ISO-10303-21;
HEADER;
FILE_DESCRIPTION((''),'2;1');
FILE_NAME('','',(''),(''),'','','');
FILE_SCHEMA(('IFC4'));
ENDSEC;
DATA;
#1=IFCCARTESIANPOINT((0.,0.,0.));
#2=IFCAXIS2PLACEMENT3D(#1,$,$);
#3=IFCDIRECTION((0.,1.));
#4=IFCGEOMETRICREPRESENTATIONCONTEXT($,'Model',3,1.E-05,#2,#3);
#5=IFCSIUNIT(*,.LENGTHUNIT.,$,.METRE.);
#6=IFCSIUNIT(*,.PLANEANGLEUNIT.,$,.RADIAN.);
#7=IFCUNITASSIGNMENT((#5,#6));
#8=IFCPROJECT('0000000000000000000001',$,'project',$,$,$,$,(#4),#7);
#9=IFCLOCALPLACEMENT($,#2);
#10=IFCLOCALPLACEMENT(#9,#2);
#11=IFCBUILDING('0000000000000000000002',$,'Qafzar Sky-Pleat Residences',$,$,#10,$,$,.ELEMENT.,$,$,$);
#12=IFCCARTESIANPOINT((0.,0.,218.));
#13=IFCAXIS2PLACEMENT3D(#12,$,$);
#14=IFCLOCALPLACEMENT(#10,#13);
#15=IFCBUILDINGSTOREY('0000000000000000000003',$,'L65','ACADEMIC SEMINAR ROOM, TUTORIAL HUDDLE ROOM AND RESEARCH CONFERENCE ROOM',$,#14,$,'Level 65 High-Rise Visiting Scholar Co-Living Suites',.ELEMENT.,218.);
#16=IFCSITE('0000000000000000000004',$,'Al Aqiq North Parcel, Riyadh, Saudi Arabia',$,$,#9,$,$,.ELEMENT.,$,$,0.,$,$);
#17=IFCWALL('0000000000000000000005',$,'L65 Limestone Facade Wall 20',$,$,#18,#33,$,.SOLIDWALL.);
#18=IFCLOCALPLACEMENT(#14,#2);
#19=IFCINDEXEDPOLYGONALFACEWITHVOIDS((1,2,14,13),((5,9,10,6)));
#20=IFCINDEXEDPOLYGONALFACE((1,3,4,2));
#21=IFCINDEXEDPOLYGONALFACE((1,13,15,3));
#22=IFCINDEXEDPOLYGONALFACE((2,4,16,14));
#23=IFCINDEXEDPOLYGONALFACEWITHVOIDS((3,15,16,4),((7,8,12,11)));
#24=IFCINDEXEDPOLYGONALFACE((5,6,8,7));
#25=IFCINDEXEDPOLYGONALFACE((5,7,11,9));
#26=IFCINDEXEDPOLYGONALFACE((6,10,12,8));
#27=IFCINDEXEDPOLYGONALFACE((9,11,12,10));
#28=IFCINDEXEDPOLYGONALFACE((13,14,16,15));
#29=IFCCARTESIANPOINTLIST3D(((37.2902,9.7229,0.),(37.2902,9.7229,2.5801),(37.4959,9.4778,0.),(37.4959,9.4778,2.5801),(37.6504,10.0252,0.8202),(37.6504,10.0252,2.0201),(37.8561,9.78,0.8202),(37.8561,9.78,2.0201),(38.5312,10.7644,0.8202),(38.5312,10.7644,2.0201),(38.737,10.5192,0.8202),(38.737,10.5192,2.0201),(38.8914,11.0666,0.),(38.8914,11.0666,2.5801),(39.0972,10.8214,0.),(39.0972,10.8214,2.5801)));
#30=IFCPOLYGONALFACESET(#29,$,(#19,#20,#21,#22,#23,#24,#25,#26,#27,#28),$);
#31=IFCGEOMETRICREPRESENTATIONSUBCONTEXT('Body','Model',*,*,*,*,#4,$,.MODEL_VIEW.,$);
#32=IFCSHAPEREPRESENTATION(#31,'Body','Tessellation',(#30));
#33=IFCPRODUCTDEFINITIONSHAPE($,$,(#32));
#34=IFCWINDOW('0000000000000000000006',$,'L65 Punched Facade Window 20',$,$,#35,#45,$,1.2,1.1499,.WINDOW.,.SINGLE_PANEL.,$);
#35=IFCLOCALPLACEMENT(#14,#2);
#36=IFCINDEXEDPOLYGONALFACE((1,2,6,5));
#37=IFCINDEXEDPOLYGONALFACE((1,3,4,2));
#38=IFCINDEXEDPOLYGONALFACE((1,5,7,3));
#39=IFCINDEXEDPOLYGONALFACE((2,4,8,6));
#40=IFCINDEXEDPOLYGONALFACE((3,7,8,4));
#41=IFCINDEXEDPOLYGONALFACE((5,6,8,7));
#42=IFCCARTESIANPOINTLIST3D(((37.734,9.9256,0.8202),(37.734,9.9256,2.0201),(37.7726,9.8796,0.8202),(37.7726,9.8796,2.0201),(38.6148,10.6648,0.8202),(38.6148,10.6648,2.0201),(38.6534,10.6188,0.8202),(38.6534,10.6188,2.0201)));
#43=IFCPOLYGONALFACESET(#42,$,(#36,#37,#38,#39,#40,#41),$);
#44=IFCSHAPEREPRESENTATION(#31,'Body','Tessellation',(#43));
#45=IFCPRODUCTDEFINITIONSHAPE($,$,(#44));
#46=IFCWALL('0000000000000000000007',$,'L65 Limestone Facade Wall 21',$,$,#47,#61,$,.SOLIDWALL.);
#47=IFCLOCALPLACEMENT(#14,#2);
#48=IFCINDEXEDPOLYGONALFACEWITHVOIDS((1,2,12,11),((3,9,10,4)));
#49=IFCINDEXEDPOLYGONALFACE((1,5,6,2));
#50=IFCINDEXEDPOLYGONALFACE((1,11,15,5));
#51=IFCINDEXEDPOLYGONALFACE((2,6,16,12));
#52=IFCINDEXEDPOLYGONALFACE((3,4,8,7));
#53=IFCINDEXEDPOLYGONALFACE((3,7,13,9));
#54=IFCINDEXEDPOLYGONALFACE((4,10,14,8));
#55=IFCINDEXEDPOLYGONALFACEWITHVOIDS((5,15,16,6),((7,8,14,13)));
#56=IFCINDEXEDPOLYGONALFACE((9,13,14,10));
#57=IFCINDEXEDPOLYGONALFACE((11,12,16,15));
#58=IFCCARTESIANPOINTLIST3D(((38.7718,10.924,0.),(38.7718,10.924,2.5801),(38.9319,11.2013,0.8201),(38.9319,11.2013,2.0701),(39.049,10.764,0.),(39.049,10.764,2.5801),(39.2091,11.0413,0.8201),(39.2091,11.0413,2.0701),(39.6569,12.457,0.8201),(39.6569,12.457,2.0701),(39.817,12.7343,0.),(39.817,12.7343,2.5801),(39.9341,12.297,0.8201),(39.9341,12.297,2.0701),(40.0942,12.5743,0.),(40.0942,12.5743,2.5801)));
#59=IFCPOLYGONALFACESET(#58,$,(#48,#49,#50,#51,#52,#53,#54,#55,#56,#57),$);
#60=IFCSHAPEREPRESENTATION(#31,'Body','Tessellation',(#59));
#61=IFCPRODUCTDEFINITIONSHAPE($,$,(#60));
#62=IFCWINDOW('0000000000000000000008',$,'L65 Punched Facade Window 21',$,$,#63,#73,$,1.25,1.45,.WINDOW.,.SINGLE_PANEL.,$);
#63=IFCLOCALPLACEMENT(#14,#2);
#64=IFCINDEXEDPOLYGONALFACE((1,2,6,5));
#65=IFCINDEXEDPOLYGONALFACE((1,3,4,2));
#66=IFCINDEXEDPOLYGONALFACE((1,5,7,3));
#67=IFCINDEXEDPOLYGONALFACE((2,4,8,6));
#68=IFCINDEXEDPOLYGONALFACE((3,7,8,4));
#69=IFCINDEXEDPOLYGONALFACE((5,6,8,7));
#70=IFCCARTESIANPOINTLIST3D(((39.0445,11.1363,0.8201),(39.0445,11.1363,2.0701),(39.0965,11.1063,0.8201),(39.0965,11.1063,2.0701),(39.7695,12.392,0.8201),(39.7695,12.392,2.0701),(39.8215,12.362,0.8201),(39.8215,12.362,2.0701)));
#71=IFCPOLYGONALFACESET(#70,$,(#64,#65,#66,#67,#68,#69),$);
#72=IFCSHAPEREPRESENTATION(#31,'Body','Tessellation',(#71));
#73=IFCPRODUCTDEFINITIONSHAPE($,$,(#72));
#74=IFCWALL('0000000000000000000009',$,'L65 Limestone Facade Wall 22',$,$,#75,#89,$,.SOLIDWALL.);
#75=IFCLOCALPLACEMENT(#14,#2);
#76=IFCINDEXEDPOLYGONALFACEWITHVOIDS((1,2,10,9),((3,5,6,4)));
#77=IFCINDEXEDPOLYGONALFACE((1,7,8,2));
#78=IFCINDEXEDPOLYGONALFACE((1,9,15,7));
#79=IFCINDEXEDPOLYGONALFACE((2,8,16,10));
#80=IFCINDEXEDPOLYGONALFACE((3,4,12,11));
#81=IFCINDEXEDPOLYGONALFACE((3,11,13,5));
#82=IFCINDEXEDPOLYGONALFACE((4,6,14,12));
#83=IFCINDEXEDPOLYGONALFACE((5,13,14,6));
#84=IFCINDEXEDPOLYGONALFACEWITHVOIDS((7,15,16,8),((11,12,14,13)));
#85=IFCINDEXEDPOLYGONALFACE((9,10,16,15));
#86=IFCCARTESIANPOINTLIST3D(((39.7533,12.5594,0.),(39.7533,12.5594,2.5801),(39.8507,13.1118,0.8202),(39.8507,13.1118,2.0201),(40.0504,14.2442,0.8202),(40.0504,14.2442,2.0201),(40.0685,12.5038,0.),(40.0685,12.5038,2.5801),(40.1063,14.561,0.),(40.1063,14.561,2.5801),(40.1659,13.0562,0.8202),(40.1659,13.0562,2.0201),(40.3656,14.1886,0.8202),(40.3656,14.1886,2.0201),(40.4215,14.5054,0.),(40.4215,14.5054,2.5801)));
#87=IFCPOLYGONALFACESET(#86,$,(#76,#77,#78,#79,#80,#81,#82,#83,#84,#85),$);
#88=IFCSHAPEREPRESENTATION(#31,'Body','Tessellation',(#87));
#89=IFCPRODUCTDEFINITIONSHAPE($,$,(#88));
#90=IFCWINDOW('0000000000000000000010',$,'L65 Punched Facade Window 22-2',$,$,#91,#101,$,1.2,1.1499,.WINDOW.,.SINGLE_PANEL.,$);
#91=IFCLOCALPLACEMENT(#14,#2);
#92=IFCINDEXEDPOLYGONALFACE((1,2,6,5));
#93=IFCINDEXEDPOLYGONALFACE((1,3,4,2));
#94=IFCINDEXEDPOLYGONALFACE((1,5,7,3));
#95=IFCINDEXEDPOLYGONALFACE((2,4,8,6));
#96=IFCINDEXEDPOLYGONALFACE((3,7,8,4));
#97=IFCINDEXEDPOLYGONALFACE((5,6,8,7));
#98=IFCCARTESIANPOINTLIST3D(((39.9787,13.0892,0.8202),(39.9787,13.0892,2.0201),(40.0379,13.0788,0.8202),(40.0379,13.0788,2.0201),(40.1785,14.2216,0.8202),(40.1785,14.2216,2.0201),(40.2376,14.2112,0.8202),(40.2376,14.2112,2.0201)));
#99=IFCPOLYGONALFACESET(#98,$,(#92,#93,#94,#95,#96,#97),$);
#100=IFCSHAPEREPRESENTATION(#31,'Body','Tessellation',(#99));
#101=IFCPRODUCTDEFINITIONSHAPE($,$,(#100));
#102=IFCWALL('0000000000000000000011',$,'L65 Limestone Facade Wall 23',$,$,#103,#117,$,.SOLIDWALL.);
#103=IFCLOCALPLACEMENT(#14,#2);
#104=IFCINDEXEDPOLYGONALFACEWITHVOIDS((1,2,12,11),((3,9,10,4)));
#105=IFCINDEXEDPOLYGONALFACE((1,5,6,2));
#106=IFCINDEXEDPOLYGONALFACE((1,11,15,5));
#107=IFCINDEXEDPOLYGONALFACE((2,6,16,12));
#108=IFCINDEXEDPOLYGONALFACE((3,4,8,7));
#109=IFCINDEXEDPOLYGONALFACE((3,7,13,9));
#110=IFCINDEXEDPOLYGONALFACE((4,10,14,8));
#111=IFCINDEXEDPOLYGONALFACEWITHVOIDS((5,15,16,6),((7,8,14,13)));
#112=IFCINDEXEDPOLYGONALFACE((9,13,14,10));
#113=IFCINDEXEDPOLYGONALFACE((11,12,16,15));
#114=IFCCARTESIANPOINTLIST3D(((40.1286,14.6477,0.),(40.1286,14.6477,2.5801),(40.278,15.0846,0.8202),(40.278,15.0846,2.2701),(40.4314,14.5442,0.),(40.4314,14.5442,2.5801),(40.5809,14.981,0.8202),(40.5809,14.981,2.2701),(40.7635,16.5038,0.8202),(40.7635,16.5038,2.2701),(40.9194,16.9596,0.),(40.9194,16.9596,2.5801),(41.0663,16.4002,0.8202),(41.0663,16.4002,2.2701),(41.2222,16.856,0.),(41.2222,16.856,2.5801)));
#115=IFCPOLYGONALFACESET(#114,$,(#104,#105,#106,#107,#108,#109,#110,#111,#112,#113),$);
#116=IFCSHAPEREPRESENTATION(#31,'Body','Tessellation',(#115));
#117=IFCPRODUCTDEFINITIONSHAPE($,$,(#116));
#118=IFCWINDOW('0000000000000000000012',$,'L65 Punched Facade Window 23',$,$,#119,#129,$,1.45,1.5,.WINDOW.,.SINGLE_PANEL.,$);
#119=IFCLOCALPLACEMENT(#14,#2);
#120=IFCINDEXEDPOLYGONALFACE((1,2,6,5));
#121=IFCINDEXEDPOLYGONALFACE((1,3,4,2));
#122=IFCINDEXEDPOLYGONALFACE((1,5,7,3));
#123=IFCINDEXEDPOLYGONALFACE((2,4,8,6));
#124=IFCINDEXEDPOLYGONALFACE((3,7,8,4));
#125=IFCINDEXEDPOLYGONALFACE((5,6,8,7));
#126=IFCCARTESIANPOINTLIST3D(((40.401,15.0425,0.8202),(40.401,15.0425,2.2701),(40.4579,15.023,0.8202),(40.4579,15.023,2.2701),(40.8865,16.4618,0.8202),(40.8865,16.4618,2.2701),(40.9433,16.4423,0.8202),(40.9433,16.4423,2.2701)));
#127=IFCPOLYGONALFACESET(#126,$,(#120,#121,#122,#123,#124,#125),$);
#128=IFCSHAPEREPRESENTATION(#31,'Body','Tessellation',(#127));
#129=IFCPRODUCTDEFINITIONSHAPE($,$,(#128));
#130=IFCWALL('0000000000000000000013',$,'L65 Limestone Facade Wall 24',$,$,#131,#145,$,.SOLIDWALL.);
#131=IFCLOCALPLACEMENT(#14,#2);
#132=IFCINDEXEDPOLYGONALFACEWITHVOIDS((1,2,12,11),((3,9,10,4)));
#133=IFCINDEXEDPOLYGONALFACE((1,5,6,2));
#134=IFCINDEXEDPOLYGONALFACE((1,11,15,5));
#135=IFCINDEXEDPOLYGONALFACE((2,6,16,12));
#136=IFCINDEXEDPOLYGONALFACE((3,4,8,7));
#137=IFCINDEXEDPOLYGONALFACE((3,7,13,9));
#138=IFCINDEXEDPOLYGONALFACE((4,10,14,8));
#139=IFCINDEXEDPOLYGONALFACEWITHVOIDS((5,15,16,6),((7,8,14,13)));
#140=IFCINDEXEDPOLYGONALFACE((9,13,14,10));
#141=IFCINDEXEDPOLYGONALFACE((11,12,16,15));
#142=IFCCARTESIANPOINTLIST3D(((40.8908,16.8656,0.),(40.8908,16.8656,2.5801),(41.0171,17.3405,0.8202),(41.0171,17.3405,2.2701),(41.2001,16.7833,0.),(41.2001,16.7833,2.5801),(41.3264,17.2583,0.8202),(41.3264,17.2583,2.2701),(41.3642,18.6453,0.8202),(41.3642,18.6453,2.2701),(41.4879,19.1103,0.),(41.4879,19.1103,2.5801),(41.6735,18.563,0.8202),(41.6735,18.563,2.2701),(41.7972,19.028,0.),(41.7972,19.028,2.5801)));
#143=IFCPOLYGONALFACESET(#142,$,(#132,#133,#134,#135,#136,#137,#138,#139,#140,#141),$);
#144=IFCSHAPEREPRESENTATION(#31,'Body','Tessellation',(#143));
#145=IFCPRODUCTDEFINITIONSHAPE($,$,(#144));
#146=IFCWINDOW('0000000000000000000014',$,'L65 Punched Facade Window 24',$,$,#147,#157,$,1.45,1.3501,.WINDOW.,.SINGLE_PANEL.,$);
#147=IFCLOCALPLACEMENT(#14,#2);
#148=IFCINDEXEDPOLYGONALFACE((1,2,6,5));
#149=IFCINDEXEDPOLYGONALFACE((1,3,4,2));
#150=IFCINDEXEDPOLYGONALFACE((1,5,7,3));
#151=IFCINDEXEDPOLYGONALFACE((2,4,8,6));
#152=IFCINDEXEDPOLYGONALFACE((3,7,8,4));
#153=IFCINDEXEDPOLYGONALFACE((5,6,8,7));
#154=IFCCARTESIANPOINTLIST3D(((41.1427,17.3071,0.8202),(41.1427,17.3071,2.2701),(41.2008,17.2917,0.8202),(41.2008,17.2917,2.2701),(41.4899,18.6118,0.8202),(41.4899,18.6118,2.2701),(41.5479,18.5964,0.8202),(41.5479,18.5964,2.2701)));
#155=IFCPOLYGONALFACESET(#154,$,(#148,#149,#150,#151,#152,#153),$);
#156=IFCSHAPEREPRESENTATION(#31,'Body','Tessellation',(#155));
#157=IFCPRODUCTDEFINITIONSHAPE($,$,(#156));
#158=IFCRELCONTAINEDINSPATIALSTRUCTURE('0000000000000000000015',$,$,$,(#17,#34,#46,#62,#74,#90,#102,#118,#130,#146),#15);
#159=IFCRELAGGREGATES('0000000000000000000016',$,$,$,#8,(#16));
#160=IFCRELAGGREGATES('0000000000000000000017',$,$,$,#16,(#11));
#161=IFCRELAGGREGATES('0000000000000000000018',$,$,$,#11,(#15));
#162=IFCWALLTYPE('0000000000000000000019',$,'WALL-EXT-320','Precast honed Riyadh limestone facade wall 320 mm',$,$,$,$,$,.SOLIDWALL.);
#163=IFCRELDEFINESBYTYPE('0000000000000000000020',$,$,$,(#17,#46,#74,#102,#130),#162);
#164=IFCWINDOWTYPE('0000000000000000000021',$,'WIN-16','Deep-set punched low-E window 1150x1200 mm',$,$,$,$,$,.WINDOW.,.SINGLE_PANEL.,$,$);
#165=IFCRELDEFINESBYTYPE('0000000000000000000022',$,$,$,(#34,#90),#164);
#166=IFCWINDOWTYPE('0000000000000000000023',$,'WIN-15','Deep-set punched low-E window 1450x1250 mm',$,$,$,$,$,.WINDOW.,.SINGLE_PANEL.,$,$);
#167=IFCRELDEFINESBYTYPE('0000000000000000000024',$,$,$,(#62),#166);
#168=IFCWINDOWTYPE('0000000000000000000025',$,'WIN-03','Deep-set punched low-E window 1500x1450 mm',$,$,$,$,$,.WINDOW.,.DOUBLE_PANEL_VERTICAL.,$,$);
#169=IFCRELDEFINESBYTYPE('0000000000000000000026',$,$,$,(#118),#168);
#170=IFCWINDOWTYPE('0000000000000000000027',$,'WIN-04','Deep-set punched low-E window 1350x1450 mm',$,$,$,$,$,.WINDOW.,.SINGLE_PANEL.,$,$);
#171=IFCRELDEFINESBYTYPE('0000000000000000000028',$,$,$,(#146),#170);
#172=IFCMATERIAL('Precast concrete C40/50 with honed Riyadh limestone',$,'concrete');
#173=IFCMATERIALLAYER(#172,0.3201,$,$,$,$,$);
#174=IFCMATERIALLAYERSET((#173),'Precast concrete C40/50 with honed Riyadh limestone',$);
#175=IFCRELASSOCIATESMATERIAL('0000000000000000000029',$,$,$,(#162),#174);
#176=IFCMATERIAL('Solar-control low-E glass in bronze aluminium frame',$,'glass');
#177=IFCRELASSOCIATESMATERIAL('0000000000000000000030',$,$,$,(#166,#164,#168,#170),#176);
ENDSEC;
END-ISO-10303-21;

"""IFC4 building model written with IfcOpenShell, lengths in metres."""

from ifc_helpers import new_model, si_unit, direction, frame, frame_2d, origin, place, context, subcontext, project, spatial, rectangle, extrude, source, transform, mapped, material, layer, layer_set, type_object, element, fill, save


model = new_model("IFC4")

# Units and contexts
model_context = context("Model", 3, precision=1e-05, world=origin(), true_north=direction((0.0, 1.0)))
body_context = subcontext(model_context, "Body", "Model", "MODEL_VIEW")
ifc_project = project(units=[si_unit("LENGTHUNIT", "METRE"), si_unit("PLANEANGLEUNIT", "RADIAN")], contexts=[model_context])

# Site, building, storey
site_placement = place(None, origin())
site = spatial("IfcSite", under=ifc_project, at=site_placement, Name="Al Aqiq North Parcel, Riyadh, Saudi Arabia", CompositionType="ELEMENT", RefElevation=0.0)
building_placement = place(site_placement, origin())
building = spatial("IfcBuilding", under=site, at=building_placement, Name="Qafzar Sky-Pleat Residences", CompositionType="ELEMENT")
storey_placement = place(building_placement, frame((0.0, 0.0, 218.0)))
storey = spatial("IfcBuildingStorey", under=building, at=storey_placement, Name="L65", Description="ACADEMIC SEMINAR ROOM, TUTORIAL HUDDLE ROOM AND RESEARCH CONFERENCE ROOM", LongName="Level 65 High-Rise Visiting Scholar Co-Living Suites", CompositionType="ELEMENT", Elevation=218.0)

# Walls, openings, windows
ifc_material_1 = material(Name="Precast concrete C40/50 with honed Riyadh limestone", Category="concrete")
ifc_layer_1 = layer(ifc_material_1, 0.3201)
ifc_layer_set_1 = layer_set([ifc_layer_1], Name="Precast concrete C40/50 with honed Riyadh limestone")
wall_type_1 = type_object("IfcWallType", Name="WALL-EXT-320", Description="Precast honed Riyadh limestone facade wall 320 mm", PredefinedType="SOLIDWALL", material=ifc_layer_set_1)
ifc_material_2 = material(Name="Solar-control low-E glass in bronze aluminium frame", Category="glass")
window_type_1 = type_object("IfcWindowType", Name="WIN-15", Description="Deep-set punched low-E window 1450x1250 mm", PartitioningType="SINGLE_PANEL", PredefinedType="WINDOW", material=ifc_material_2)
shared_shape_1 = source(origin(), body_context, "Body", "SweptSolid", [
    extrude(rectangle(XDim=1.45, YDim=1.25, at=frame_2d((0.7251, 0.625))), frame((0.0, 0.03, 0.0), z_axis=(0.0, -1.0, 0.0), x_axis=(1.0, 0.0, 0.0)), (0.0, 0.0, 1.0), 0.0601),
])
wall_1_placement = place(storey_placement, frame((37.3931, 9.6003, 0.0), z_axis=(0.0, 0.0, 1.0), x_axis=(0.766025, 0.642811, 0.0)))
wall_1 = element("IfcWall", 1, at=wall_1_placement, inside=storey, type_object=wall_type_1, Name="L65 Limestone Facade Wall 20", PredefinedType="SOLIDWALL", context=body_context, shape_type="SweptSolid", body=[
    extrude(rectangle(XDim=2.0903, YDim=0.3201, at=frame_2d((1.0452, 0.0))), origin(), (0.0, 0.0, 1.0), 2.5801),
])
opening_1_placement = place(wall_1_placement, frame((0.4702, 0.0, 0.8201)))
opening_1 = element("IfcOpeningElement", 2, at=opening_1_placement, cuts=wall_1, PredefinedType="OPENING", context=body_context, shape_type="SweptSolid", body=[
    extrude(rectangle(XDim=1.1499, YDim=1.2, at=frame_2d((0.575, 0.6001))), frame((0.0, 0.1699, 0.0), z_axis=(0.0, -1.0, 0.0), x_axis=(1.0, 0.0, 0.0)), (0.0, 0.0, 1.0), 0.3401),
])
window_type_2 = type_object("IfcWindowType", Name="WIN-16", Description="Deep-set punched low-E window 1150x1200 mm", PartitioningType="SINGLE_PANEL", PredefinedType="WINDOW", material=ifc_material_2)
shared_shape_2 = source(origin(), body_context, "Body", "SweptSolid", [
    extrude(rectangle(XDim=1.1499, YDim=1.2, at=frame_2d((0.575, 0.6001))), frame((0.0, 0.03, 0.0), z_axis=(0.0, -1.0, 0.0), x_axis=(1.0, 0.0, 0.0)), (0.0, 0.0, 1.0), 0.0601),
])
window_1_placement = place(opening_1_placement, origin())
window_1 = element("IfcWindow", 3, at=window_1_placement, inside=storey, type_object=window_type_2, Name="L65 Punched Facade Window 20", OverallHeight=1.2, OverallWidth=1.1499, PartitioningType="SINGLE_PANEL", PredefinedType="WINDOW", context=body_context, shape_type="MappedRepresentation", body=[
    mapped(shared_shape_2, transform((0.0, 0.0, 0.0), x_axis=(1.0, 0.0, 0.0), y_axis=(0.0, 1.0, 0.0), z_axis=(0.0, 0.0, 1.0), scale=1.0)),
])
fill(opening_1, window_1)
wall_2_placement = place(storey_placement, frame((38.9104, 10.844, 0.0), z_axis=(0.0, 0.0, 1.0), x_axis=(0.499995, 0.866028, 0.0)))
wall_2 = element("IfcWall", 4, at=wall_2_placement, inside=storey, type_object=wall_type_1, Name="L65 Limestone Facade Wall 21", PredefinedType="SOLIDWALL", context=body_context, shape_type="SweptSolid", body=[
    extrude(rectangle(XDim=2.0903, YDim=0.3201, at=frame_2d((1.0452, 0.0))), origin(), (0.0, 0.0, 1.0), 2.5801),
])
opening_2_placement = place(wall_2_placement, frame((0.3201, 0.0, 0.8201)))
opening_2 = element("IfcOpeningElement", 5, at=opening_2_placement, cuts=wall_2, PredefinedType="OPENING", context=body_context, shape_type="SweptSolid", body=[
    extrude(rectangle(XDim=1.45, YDim=1.25, at=frame_2d((0.7251, 0.625))), frame((0.0, 0.1699, 0.0), z_axis=(0.0, -1.0, 0.0), x_axis=(1.0, 0.0, 0.0)), (0.0, 0.0, 1.0), 0.3401),
])
window_2_placement = place(opening_2_placement, origin())
window_2 = element("IfcWindow", 6, at=window_2_placement, inside=storey, type_object=window_type_1, Name="L65 Punched Facade Window 21", OverallHeight=1.25, OverallWidth=1.45, PartitioningType="SINGLE_PANEL", PredefinedType="WINDOW", context=body_context, shape_type="MappedRepresentation", body=[
    mapped(shared_shape_1, transform((0.0, 0.0, 0.0), x_axis=(1.0, 0.0, 0.0), y_axis=(0.0, 1.0, 0.0), z_axis=(0.0, 0.0, 1.0), scale=1.0)),
])
fill(opening_2, window_2)
wall_3_placement = place(storey_placement, frame((39.9109, 12.5317, 0.0), z_axis=(0.0, 0.0, 1.0), x_axis=(0.173703, 0.984798, 0.0)))
wall_3 = element("IfcWall", 7, at=wall_3_placement, inside=storey, type_object=wall_type_1, Name="L65 Limestone Facade Wall 22", PredefinedType="SOLIDWALL", context=body_context, shape_type="SweptSolid", body=[
    extrude(rectangle(XDim=2.0325, YDim=0.3201, at=frame_2d((1.0161, 0.0))), origin(), (0.0, 0.0, 1.0), 2.5801),
])
opening_3_placement = place(wall_3_placement, frame((0.5608, 0.0, 0.8201)))
opening_3 = element("IfcOpeningElement", 8, at=opening_3_placement, cuts=wall_3, PredefinedType="OPENING", context=body_context, shape_type="SweptSolid", body=[
    extrude(rectangle(XDim=1.1499, YDim=1.2, at=frame_2d((0.575, 0.6001))), frame((0.0, 0.1699, 0.0), z_axis=(0.0, -1.0, 0.0), x_axis=(1.0, 0.0, 0.0)), (0.0, 0.0, 1.0), 0.3401),
])
window_3_placement = place(opening_3_placement, origin())
window_3 = element("IfcWindow", 9, at=window_3_placement, inside=storey, type_object=window_type_2, Name="L65 Punched Facade Window 22-2", OverallHeight=1.2, OverallWidth=1.1499, PartitioningType="SINGLE_PANEL", PredefinedType="WINDOW", context=body_context, shape_type="MappedRepresentation", body=[
    mapped(shared_shape_2, transform((0.0, 0.0, 0.0), x_axis=(1.0, 0.0, 0.0), y_axis=(0.0, 1.0, 0.0), z_axis=(0.0, 0.0, 1.0), scale=1.0)),
])
fill(opening_3, window_3)
wall_4_placement = place(storey_placement, frame((40.28, 14.5959, 0.0), z_axis=(0.0, 0.0, 1.0), x_axis=(0.323652, 0.946176, 0.0)))
wall_4 = element("IfcWall", 10, at=wall_4_placement, inside=storey, type_object=wall_type_1, Name="L65 Limestone Facade Wall 23", PredefinedType="SOLIDWALL", context=body_context, shape_type="SweptSolid", body=[
    extrude(rectangle(XDim=2.4434, YDim=0.3201, at=frame_2d((1.2217, 0.0))), origin(), (0.0, 0.0, 1.0), 2.5801),
])
opening_4_placement = place(wall_4_placement, frame((0.4617, 0.0, 0.8201)))
opening_4 = element("IfcOpeningElement", 11, at=opening_4_placement, cuts=wall_4, PredefinedType="OPENING", context=body_context, shape_type="SweptSolid", body=[
    extrude(rectangle(XDim=1.5, YDim=1.45, at=frame_2d((0.75, 0.7251))), frame((0.0, 0.1699, 0.0), z_axis=(0.0, -1.0, 0.0), x_axis=(1.0, 0.0, 0.0)), (0.0, 0.0, 1.0), 0.3401),
])
window_type_3 = type_object("IfcWindowType", Name="WIN-03", Description="Deep-set punched low-E window 1500x1450 mm", PartitioningType="DOUBLE_PANEL_VERTICAL", PredefinedType="WINDOW", material=ifc_material_2)
shared_shape_3 = source(origin(), body_context, "Body", "SweptSolid", [
    extrude(rectangle(XDim=1.5, YDim=1.45, at=frame_2d((0.75, 0.7251))), frame((0.0, 0.03, 0.0), z_axis=(0.0, -1.0, 0.0), x_axis=(1.0, 0.0, 0.0)), (0.0, 0.0, 1.0), 0.0601),
])
window_4_placement = place(opening_4_placement, origin())
window_4 = element("IfcWindow", 12, at=window_4_placement, inside=storey, type_object=window_type_3, Name="L65 Punched Facade Window 23", OverallHeight=1.45, OverallWidth=1.5, PartitioningType="SINGLE_PANEL", PredefinedType="WINDOW", context=body_context, shape_type="MappedRepresentation", body=[
    mapped(shared_shape_3, transform((0.0, 0.0, 0.0), x_axis=(1.0, 0.0, 0.0), y_axis=(0.0, 1.0, 0.0), z_axis=(0.0, 0.0, 1.0), scale=1.0)),
])
fill(opening_4, window_4)
wall_5_placement = place(storey_placement, frame((41.0454, 16.8245, 0.0), z_axis=(0.0, 0.0, 1.0), x_axis=(0.2571, 0.966385, 0.0)))
wall_5 = element("IfcWall", 13, at=wall_5_placement, inside=storey, type_object=wall_type_1, Name="L65 Limestone Facade Wall 24", PredefinedType="SOLIDWALL", context=body_context, shape_type="SweptSolid", body=[
    extrude(rectangle(XDim=2.3228, YDim=0.3201, at=frame_2d((1.1614, 0.0))), origin(), (0.0, 0.0, 1.0), 2.5801),
])
opening_5_placement = place(wall_5_placement, frame((0.4915, 0.0, 0.8201)))
opening_5 = element("IfcOpeningElement", 14, at=opening_5_placement, cuts=wall_5, PredefinedType="OPENING", context=body_context, shape_type="SweptSolid", body=[
    extrude(rectangle(XDim=1.3501, YDim=1.45, at=frame_2d((0.675, 0.7251))), frame((0.0, 0.1699, 0.0), z_axis=(0.0, -1.0, 0.0), x_axis=(1.0, 0.0, 0.0)), (0.0, 0.0, 1.0), 0.3401),
])
window_type_4 = type_object("IfcWindowType", Name="WIN-04", Description="Deep-set punched low-E window 1350x1450 mm", PartitioningType="SINGLE_PANEL", PredefinedType="WINDOW", material=ifc_material_2)
shared_shape_4 = source(origin(), body_context, "Body", "SweptSolid", [
    extrude(rectangle(XDim=1.3501, YDim=1.45, at=frame_2d((0.675, 0.7251))), frame((0.0, 0.03, 0.0), z_axis=(0.0, -1.0, 0.0), x_axis=(1.0, 0.0, 0.0)), (0.0, 0.0, 1.0), 0.0601),
])
window_5_placement = place(opening_5_placement, origin())
window_5 = element("IfcWindow", 15, at=window_5_placement, inside=storey, type_object=window_type_4, Name="L65 Punched Facade Window 24", OverallHeight=1.45, OverallWidth=1.3501, PartitioningType="SINGLE_PANEL", PredefinedType="WINDOW", context=body_context, shape_type="MappedRepresentation", body=[
    mapped(shared_shape_4, transform((0.0, 0.0, 0.0), x_axis=(1.0, 0.0, 0.0), y_axis=(0.0, 1.0, 0.0), z_axis=(0.0, 0.0, 1.0), scale=1.0)),
])
fill(opening_5, window_5)

save(model, "model.ifc")
